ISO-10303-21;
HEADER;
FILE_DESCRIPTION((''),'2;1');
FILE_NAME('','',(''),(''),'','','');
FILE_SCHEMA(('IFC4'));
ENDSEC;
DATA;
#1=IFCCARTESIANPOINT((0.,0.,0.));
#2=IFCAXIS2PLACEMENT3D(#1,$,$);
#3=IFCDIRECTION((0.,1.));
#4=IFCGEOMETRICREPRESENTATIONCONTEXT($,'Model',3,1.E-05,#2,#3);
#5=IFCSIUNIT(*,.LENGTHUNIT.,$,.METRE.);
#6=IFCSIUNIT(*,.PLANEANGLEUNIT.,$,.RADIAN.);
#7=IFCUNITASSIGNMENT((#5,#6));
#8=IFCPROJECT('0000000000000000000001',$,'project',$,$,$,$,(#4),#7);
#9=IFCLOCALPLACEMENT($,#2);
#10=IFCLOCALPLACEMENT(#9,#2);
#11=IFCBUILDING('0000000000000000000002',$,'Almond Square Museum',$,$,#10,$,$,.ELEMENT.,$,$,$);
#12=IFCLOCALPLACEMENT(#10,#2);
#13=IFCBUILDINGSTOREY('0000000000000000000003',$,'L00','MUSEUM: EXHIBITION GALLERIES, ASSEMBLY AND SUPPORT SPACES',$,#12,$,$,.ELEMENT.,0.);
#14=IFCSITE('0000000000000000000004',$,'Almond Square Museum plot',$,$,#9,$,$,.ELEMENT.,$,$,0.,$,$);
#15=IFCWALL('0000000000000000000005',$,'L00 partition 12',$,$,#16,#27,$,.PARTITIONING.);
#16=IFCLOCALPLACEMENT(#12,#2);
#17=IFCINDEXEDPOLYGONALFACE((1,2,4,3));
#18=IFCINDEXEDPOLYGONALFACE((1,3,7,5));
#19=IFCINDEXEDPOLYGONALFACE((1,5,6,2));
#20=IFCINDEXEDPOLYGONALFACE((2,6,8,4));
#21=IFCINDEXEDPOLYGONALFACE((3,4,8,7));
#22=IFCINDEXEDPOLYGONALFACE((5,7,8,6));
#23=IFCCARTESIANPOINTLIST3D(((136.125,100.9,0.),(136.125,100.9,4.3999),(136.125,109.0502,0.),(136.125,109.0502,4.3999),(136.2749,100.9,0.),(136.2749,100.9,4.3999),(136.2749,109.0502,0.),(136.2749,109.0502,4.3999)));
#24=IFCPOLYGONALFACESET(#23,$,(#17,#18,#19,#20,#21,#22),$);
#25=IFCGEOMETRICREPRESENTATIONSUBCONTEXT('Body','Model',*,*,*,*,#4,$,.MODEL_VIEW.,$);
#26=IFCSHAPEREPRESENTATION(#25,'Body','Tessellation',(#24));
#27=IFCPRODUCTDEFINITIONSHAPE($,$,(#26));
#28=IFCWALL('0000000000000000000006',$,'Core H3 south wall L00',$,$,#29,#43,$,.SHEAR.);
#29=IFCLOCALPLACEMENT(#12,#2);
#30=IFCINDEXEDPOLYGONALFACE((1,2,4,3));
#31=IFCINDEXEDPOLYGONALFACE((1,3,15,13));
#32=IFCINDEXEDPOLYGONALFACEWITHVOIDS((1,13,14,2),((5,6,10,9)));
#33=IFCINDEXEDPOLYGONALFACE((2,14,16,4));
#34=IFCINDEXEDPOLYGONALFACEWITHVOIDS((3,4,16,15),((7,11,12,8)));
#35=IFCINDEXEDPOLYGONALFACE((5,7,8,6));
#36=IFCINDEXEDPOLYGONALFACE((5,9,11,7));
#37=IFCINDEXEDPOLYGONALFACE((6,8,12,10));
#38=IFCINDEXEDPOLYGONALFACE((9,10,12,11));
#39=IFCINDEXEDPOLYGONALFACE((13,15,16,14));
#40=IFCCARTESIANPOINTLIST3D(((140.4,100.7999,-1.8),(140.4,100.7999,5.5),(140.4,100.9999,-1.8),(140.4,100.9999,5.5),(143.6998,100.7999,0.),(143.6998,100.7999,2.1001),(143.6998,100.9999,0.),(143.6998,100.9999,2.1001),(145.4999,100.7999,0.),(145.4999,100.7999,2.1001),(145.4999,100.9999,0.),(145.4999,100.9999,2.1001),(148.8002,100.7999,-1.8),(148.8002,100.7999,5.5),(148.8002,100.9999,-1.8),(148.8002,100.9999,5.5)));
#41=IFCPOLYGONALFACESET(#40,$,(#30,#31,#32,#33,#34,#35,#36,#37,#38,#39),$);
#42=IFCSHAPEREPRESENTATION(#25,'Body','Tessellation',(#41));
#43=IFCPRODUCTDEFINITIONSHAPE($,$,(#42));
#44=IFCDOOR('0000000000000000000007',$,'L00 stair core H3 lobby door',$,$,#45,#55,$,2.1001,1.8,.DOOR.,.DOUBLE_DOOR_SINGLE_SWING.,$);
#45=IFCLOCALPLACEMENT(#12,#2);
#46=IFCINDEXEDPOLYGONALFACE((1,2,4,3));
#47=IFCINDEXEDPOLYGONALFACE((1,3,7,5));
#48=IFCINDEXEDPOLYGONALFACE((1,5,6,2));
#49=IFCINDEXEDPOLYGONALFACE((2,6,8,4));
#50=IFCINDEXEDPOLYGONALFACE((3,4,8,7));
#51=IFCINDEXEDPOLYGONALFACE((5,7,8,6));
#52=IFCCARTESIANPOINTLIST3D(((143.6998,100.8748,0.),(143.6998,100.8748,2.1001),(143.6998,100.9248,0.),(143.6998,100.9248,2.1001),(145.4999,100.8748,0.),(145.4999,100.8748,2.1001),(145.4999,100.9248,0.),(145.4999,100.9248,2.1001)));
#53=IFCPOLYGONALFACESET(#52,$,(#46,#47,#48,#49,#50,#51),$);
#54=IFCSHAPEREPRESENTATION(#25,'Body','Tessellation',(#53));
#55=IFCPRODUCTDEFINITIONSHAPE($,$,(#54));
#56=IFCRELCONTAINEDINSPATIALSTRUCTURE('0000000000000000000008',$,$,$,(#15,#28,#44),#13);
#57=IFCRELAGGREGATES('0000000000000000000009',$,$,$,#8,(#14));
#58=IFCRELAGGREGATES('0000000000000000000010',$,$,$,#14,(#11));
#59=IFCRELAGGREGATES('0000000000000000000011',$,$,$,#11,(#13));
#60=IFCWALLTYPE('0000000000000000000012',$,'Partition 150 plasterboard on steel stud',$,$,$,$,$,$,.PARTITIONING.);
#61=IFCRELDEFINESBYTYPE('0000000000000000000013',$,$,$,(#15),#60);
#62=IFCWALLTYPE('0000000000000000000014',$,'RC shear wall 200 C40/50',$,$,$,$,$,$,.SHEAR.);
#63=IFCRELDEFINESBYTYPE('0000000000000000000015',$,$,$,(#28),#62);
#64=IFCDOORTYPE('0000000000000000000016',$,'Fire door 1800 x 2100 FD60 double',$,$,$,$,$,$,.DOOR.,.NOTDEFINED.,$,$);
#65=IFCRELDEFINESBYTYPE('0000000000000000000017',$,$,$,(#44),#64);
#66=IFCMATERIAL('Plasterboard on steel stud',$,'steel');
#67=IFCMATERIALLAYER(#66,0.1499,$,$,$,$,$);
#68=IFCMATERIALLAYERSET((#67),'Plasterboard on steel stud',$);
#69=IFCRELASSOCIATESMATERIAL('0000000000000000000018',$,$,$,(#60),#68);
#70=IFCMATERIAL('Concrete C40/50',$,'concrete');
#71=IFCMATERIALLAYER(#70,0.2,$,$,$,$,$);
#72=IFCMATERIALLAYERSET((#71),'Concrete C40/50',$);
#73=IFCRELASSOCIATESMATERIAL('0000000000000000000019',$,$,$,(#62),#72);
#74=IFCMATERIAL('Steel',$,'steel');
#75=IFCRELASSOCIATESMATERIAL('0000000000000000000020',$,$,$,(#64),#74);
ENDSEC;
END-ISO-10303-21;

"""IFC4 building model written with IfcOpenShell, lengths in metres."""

from ifc_helpers import new_model, si_unit, direction, frame, frame_2d, origin, place, context, subcontext, project, spatial, rectangle, extrude, material, layer, layer_set, type_object, element, fill, save


model = new_model("IFC4")

# Units and contexts
model_context = context("Model", 3, precision=1e-05, world=origin(), true_north=direction((0.0, 1.0)))
body_context = subcontext(model_context, "Body", "Model", "MODEL_VIEW")
ifc_project = project(units=[si_unit("LENGTHUNIT", "METRE"), si_unit("PLANEANGLEUNIT", "RADIAN")], contexts=[model_context])

# Site, building, storey
site_placement = place(None, origin())
site = spatial("IfcSite", under=ifc_project, at=site_placement, Name="Almond Square Museum plot", CompositionType="ELEMENT", RefElevation=0.0)
building_placement = place(site_placement, origin())
building = spatial("IfcBuilding", under=site, at=building_placement, Name="Almond Square Museum", CompositionType="ELEMENT")
storey_placement = place(building_placement, origin())
storey = spatial("IfcBuildingStorey", under=building, at=storey_placement, Name="L00", Description="MUSEUM: EXHIBITION GALLERIES, ASSEMBLY AND SUPPORT SPACES", CompositionType="ELEMENT", Elevation=0.0)

# Wall
ifc_material_1 = material(Name="Plasterboard on steel stud", Category="steel")
ifc_layer_1 = layer(ifc_material_1, 0.1499)
ifc_layer_set_1 = layer_set([ifc_layer_1], Name="Plasterboard on steel stud")
wall_type_1 = type_object("IfcWallType", Name="Partition 150 plasterboard on steel stud", PredefinedType="PARTITIONING", material=ifc_layer_set_1)
wall_1_placement = place(storey_placement, frame((136.2, 100.8999, 0.0), z_axis=(0.0, 0.0, 1.0), x_axis=(0.0, 1.0, 0.0)))
element("IfcWall", 1, at=wall_1_placement, inside=storey, type_object=wall_type_1, Name="L00 partition 12", PredefinedType="PARTITIONING", context=body_context, shape_type="SweptSolid", body=[
    extrude(rectangle(XDim=8.1501, YDim=0.1499, at=frame_2d((4.0752, 0.0))), origin(), (0.0, 0.0, 1.0), 4.3999),
])

# Wall, opening, door
ifc_material_2 = material(Name="Concrete C40/50", Category="concrete")
ifc_layer_2 = layer(ifc_material_2, 0.2)
ifc_layer_set_2 = layer_set([ifc_layer_2], Name="Concrete C40/50")
wall_type_2 = type_object("IfcWallType", Name="RC shear wall 200 C40/50", PredefinedType="SHEAR", material=ifc_layer_set_2)
wall_2_placement = place(storey_placement, frame((140.3999, 100.8999, -1.8), z_axis=(0.0, 0.0, 1.0), x_axis=(1.0, 0.0, 0.0)))
wall_2 = element("IfcWall", 2, at=wall_2_placement, inside=storey, type_object=wall_type_2, Name="Core H3 south wall L00", PredefinedType="SHEAR", context=body_context, shape_type="SweptSolid", body=[
    extrude(rectangle(XDim=8.4001, YDim=0.2, at=frame_2d((4.2002, 0.0))), origin(), (0.0, 0.0, 1.0), 7.3),
])
opening_1_placement = place(wall_2_placement, frame((3.3, 0.0, 1.8)))
opening_1 = element("IfcOpeningElement", 3, at=opening_1_placement, cuts=wall_2, PredefinedType="OPENING", context=body_context, shape_type="SweptSolid", body=[
    extrude(rectangle(XDim=1.8, YDim=2.1001, at=frame_2d((0.8999, 1.05))), frame((0.0, 0.1099, 0.0), z_axis=(0.0, -1.0, 0.0), x_axis=(1.0, 0.0, 0.0)), (0.0, 0.0, 1.0), 0.22),
])
ifc_material_3 = material(Name="Steel", Category="steel")
door_type_1 = type_object("IfcDoorType", Name="Fire door 1800 x 2100 FD60 double", OperationType="NOTDEFINED", PredefinedType="DOOR", material=ifc_material_3)
door_1_placement = place(opening_1_placement, origin())
door_1 = element("IfcDoor", 4, at=door_1_placement, inside=storey, type_object=door_type_1, Name="L00 stair core H3 lobby door", OperationType="DOUBLE_DOOR_SINGLE_SWING", OverallHeight=2.1001, OverallWidth=1.8, PredefinedType="DOOR", context=body_context, shape_type="SweptSolid", body=[
    extrude(rectangle(XDim=1.8, YDim=2.1001, at=frame_2d((0.8999, 1.05))), frame((0.0, 0.0249, 0.0), z_axis=(0.0, -1.0, 0.0), x_axis=(1.0, 0.0, 0.0)), (0.0, 0.0, 1.0), 0.05),
])
fill(opening_1, door_1)

save(model, "model.ifc")
